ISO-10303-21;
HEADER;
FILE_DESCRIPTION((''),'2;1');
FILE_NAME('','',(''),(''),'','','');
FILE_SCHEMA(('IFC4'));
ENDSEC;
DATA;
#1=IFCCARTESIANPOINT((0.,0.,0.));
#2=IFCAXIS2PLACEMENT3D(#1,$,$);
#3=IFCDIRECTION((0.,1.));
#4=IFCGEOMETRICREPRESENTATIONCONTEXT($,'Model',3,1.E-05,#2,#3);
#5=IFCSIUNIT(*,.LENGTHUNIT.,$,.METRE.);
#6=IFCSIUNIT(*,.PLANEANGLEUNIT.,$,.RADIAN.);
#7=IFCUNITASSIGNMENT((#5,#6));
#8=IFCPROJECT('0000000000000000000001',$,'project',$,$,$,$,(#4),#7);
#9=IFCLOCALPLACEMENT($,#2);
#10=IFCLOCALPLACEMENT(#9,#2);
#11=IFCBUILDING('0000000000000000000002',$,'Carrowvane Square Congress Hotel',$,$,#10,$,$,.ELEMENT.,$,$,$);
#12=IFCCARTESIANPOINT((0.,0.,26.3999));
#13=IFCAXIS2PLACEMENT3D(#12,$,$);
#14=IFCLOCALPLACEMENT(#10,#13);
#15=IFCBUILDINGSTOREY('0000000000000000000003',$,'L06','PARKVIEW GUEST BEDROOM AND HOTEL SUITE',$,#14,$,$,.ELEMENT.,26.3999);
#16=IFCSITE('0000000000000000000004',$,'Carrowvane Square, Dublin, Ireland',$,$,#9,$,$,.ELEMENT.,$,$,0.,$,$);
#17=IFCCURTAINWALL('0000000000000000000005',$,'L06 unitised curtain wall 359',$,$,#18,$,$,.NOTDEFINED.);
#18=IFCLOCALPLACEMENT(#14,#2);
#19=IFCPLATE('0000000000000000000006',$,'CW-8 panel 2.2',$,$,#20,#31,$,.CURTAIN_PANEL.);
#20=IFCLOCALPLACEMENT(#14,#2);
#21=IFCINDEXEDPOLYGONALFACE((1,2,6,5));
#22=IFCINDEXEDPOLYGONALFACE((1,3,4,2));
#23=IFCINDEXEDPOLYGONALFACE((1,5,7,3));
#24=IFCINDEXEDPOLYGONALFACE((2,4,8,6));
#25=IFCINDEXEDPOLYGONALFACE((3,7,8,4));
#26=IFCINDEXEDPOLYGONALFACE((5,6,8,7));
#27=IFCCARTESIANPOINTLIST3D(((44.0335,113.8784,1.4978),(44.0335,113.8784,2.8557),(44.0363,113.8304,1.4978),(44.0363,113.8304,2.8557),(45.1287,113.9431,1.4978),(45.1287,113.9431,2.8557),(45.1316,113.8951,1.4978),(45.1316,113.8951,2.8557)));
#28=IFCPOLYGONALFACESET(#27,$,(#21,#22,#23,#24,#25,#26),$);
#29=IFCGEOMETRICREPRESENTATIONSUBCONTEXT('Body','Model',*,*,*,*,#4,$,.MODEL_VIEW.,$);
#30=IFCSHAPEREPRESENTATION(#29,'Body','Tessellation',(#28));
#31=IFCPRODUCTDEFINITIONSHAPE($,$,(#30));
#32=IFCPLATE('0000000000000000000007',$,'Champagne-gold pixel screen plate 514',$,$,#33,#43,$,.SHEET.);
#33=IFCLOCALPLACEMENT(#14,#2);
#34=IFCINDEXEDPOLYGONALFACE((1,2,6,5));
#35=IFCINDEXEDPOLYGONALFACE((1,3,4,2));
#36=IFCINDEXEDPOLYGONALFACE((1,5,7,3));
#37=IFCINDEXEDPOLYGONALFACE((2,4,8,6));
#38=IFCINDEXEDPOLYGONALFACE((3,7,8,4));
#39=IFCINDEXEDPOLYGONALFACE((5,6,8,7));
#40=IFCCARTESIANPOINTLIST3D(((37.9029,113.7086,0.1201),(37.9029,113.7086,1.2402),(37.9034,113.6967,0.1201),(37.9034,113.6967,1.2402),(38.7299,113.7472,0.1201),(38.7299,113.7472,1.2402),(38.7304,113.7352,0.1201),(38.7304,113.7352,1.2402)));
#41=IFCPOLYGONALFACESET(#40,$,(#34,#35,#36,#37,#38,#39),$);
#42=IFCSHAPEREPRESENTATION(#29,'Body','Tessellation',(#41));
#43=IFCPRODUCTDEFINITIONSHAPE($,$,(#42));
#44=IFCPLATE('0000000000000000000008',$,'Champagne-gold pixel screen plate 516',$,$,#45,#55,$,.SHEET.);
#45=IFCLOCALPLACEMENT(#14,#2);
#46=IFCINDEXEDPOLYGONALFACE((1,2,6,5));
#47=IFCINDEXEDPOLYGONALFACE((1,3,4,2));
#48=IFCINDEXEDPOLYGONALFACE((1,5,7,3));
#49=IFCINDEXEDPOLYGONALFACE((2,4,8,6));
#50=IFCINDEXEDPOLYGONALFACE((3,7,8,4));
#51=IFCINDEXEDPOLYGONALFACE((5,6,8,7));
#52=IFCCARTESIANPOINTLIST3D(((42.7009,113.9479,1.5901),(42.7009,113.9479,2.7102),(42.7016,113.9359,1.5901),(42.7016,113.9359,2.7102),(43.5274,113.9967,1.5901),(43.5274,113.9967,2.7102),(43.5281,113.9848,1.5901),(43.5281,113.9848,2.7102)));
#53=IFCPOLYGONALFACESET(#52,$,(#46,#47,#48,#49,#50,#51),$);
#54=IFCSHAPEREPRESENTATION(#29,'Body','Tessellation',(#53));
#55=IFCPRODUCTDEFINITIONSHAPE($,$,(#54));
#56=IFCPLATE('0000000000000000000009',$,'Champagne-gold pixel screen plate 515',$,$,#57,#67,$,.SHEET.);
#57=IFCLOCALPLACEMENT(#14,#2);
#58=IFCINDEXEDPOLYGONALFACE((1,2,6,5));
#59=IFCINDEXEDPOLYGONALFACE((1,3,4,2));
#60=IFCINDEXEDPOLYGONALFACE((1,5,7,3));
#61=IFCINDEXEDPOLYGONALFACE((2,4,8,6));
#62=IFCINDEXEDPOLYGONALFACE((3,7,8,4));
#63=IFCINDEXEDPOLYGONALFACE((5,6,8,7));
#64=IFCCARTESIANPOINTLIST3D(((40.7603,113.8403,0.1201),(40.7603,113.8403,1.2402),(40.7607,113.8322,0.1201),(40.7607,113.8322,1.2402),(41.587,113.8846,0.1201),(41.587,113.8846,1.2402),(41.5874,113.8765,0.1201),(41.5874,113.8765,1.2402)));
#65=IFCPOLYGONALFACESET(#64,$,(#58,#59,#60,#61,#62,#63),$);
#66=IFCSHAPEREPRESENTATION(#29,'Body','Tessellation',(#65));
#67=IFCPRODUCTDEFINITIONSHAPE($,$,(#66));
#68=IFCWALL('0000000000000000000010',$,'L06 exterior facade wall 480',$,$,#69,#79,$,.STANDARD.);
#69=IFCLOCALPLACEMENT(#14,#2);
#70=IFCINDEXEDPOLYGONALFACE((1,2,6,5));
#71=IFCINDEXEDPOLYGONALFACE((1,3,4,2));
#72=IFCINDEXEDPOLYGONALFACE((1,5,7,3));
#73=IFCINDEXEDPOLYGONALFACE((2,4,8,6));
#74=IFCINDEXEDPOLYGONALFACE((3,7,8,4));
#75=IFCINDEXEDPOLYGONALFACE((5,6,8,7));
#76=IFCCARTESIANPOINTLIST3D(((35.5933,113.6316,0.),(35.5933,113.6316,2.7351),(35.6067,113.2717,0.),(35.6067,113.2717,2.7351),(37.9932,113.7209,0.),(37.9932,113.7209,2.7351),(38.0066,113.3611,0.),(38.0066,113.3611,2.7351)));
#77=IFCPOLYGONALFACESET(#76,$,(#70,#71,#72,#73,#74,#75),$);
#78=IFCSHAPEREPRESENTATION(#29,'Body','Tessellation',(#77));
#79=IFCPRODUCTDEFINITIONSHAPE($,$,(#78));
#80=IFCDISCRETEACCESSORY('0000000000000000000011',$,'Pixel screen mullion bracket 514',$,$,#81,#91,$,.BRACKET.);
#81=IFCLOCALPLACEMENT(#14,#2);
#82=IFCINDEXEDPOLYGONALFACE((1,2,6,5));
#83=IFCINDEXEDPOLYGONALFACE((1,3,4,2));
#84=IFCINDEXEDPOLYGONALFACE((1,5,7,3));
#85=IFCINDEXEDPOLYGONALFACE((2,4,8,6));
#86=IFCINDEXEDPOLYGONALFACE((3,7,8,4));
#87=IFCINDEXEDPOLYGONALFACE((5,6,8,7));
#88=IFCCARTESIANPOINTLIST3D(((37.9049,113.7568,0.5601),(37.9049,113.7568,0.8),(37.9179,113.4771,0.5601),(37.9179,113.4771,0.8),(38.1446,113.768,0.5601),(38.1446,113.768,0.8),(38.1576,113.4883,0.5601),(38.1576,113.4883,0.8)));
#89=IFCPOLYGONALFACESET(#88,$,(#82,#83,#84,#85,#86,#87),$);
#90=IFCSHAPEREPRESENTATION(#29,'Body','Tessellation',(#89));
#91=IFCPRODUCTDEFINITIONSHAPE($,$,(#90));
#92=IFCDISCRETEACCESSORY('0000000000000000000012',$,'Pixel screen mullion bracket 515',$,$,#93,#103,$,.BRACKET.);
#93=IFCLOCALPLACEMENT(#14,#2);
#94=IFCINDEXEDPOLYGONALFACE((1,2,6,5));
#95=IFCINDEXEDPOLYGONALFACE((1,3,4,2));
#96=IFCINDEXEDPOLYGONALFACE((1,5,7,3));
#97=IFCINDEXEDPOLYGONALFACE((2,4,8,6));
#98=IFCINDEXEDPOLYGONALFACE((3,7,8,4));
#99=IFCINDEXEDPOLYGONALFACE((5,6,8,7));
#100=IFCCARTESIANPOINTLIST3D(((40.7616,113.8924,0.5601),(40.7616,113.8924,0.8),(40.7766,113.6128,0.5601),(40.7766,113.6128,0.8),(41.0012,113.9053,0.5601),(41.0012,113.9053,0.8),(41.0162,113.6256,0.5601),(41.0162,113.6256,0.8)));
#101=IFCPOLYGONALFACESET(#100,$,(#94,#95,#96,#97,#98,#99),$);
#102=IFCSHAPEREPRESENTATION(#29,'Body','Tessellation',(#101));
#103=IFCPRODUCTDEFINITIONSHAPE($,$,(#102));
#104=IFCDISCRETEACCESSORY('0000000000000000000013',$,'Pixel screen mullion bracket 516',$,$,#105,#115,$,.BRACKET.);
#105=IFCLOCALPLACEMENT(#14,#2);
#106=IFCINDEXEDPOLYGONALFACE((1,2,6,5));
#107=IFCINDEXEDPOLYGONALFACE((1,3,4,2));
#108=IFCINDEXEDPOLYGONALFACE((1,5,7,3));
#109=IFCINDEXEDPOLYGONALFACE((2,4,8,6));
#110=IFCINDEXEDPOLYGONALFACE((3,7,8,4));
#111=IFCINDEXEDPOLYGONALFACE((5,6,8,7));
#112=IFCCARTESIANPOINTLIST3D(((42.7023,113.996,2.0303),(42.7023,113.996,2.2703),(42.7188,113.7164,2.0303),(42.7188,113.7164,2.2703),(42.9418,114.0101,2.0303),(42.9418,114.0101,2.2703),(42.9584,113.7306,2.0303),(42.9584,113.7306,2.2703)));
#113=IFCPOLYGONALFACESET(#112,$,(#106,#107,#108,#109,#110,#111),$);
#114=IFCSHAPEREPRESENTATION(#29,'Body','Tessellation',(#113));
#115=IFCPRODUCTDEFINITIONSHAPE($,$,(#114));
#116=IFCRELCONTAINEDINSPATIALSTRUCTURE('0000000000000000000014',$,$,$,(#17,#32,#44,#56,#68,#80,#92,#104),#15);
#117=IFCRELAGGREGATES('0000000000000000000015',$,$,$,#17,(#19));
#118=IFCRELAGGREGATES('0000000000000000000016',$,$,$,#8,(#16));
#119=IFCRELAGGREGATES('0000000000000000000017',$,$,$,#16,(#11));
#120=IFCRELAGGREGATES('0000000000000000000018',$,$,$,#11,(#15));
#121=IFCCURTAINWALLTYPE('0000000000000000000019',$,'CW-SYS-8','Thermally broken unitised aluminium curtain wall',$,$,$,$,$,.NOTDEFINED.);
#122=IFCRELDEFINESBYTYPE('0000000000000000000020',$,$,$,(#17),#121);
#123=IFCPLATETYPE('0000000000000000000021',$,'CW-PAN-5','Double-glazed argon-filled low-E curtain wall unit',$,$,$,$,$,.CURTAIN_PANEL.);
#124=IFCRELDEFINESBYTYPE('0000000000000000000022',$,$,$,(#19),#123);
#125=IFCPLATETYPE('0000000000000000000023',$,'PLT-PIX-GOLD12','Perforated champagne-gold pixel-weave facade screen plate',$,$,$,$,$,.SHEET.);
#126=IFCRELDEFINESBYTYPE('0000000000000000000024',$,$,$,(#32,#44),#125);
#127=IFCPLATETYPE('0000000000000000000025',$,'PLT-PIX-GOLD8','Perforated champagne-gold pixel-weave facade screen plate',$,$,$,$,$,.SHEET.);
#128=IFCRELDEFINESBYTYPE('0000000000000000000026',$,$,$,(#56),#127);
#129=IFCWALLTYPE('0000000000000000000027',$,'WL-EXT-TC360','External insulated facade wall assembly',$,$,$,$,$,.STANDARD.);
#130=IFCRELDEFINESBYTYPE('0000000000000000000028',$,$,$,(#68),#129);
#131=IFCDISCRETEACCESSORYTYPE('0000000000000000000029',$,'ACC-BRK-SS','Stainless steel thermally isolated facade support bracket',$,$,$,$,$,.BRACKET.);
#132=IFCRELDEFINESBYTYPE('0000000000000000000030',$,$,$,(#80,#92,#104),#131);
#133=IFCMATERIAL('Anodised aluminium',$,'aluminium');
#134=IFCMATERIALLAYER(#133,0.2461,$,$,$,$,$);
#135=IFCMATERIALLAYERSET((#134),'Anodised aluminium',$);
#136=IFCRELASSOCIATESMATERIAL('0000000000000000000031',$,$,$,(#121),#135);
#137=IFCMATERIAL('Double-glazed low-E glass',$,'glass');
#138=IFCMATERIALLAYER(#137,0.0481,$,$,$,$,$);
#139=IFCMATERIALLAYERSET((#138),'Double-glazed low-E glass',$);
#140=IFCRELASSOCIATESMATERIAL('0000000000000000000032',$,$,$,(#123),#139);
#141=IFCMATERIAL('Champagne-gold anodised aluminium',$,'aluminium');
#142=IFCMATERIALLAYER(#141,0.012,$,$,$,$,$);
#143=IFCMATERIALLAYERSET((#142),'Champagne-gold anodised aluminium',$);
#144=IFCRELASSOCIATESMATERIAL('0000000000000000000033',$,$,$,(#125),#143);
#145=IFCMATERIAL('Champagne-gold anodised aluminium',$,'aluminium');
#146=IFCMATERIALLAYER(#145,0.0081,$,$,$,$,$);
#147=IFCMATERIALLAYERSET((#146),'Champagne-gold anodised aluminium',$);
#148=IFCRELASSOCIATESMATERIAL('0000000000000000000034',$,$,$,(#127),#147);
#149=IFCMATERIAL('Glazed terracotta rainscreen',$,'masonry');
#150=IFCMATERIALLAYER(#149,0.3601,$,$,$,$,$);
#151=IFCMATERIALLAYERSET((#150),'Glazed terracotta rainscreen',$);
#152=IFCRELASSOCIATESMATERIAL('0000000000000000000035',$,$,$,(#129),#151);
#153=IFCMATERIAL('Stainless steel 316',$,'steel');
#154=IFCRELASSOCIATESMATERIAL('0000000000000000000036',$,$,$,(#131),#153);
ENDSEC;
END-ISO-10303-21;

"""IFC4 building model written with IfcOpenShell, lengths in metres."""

from ifc_helpers import new_model, si_unit, direction, frame, frame_2d, origin, origin_2d, place, context, subcontext, project, spatial, rectangle, extrude, material, layer, layer_set, type_object, element, aggregate, save


model = new_model("IFC4")

# Units and contexts
model_context = context("Model", 3, precision=1e-05, world=origin(), true_north=direction((0.0, 1.0)))
body_context = subcontext(model_context, "Body", "Model", "MODEL_VIEW")
ifc_project = project(units=[si_unit("LENGTHUNIT", "METRE"), si_unit("PLANEANGLEUNIT", "RADIAN")], contexts=[model_context])

# Site, building, storey
site_placement = place(None, origin())
site = spatial("IfcSite", under=ifc_project, at=site_placement, Name="Carrowvane Square, Dublin, Ireland", CompositionType="ELEMENT", RefElevation=0.0)
building_placement = place(site_placement, origin())
building = spatial("IfcBuilding", under=site, at=building_placement, Name="Carrowvane Square Congress Hotel", CompositionType="ELEMENT")
storey_placement = place(building_placement, frame((0.0, 0.0, 26.3999)))
storey = spatial("IfcBuildingStorey", under=building, at=storey_placement, Name="L06", Description="PARKVIEW GUEST BEDROOM AND HOTEL SUITE", CompositionType="ELEMENT", Elevation=26.3999)

# Curtain wall
ifc_material_1 = material(Name="Anodised aluminium", Category="aluminium")
ifc_layer_1 = layer(ifc_material_1, 0.2461)
ifc_layer_set_1 = layer_set([ifc_layer_1], Name="Anodised aluminium")
curtain_wall_type_1 = type_object("IfcCurtainWallType", Name="CW-SYS-8", Description="Thermally broken unitised aluminium curtain wall", PredefinedType="NOTDEFINED", material=ifc_layer_set_1)
curtain_wall_1_placement = place(storey_placement, origin())
curtain_wall_1 = element("IfcCurtainWall", 1, at=curtain_wall_1_placement, inside=storey, type_object=curtain_wall_type_1, Name="L06 unitised curtain wall 359", PredefinedType="NOTDEFINED")

# Plate
ifc_material_2 = material(Name="Double-glazed low-E glass", Category="glass")
ifc_layer_2 = layer(ifc_material_2, 0.0481)
ifc_layer_set_2 = layer_set([ifc_layer_2], Name="Double-glazed low-E glass")
plate_type_1 = type_object("IfcPlateType", Name="CW-PAN-5", Description="Double-glazed argon-filled low-E curtain wall unit", PredefinedType="CURTAIN_PANEL", material=ifc_layer_set_2)
plate_1_placement = place(storey_placement, frame((44.5825, 113.8867, 1.4978), z_axis=(0.0, 0.0, 1.0), x_axis=(0.998259, 0.058989, 0.0)))
plate_1 = element("IfcPlate", 2, at=plate_1_placement, type_object=plate_type_1, Name="CW-8 panel 2.2", PredefinedType="CURTAIN_PANEL", context=body_context, shape_type="SweptSolid", body=[
    extrude(rectangle(XDim=1.0972, YDim=0.0481, at=origin_2d()), origin(), (0.0, 0.0, 1.0), 1.3579),
])
aggregate(curtain_wall_1, [plate_1])

# Plates
ifc_material_3 = material(Name="Champagne-gold anodised aluminium", Category="aluminium")
ifc_layer_3 = layer(ifc_material_3, 0.012)
ifc_layer_set_3 = layer_set([ifc_layer_3], Name="Champagne-gold anodised aluminium")
plate_type_2 = type_object("IfcPlateType", Name="PLT-PIX-GOLD12", Description="Perforated champagne-gold pixel-weave facade screen plate", PredefinedType="SHEET", material=ifc_layer_set_3)
for number, where, z_axis, x_axis, name in (
    (3, (38.3167, 113.7219, 0.1201), (0.0, 0.0, 1.0), (0.998917, 0.046521, 0.0), "Champagne-gold pixel screen plate 514"),
    (4, (43.1145, 113.9663, 1.5901), (0.0, 0.0, 1.0), (0.998259, 0.058985, 0.0), "Champagne-gold pixel screen plate 516"),
):
    element("IfcPlate", number, at=place(storey_placement, frame(where, z_axis=z_axis, x_axis=x_axis)), inside=storey, type_object=plate_type_2, Name=name, PredefinedType="SHEET", context=body_context, shape_type="SweptSolid", body=[
        extrude(rectangle(XDim=0.8279, YDim=0.012, at=origin_2d()), origin(), (0.0, 0.0, 1.0), 1.1201),
    ])
ifc_material_4 = material(Name="Champagne-gold anodised aluminium", Category="aluminium")
ifc_layer_4 = layer(ifc_material_4, 0.0081)
ifc_layer_set_4 = layer_set([ifc_layer_4], Name="Champagne-gold anodised aluminium")
plate_type_3 = type_object("IfcPlateType", Name="PLT-PIX-GOLD8", Description="Perforated champagne-gold pixel-weave facade screen plate", PredefinedType="SHEET", material=ifc_layer_set_4)
plate_2_placement = place(storey_placement, frame((41.1738, 113.8584, 0.1201), z_axis=(0.0, 0.0, 1.0), x_axis=(0.998567, 0.053517, 0.0)))
element("IfcPlate", 5, at=plate_2_placement, inside=storey, type_object=plate_type_3, Name="Champagne-gold pixel screen plate 515", PredefinedType="SHEET", context=body_context, shape_type="SweptSolid", body=[
    extrude(rectangle(XDim=0.8279, YDim=0.0081, at=origin_2d()), origin(), (0.0, 0.0, 1.0), 1.1201),
])

# Wall
ifc_material_5 = material(Name="Glazed terracotta rainscreen", Category="masonry")
ifc_layer_5 = layer(ifc_material_5, 0.3601)
ifc_layer_set_5 = layer_set([ifc_layer_5], Name="Glazed terracotta rainscreen")
wall_type = type_object("IfcWallType", Name="WL-EXT-TC360", Description="External insulated facade wall assembly", PredefinedType="STANDARD", material=ifc_layer_set_5)
wall_placement = place(storey_placement, frame((35.6001, 113.4517, 0.0), z_axis=(0.0, 0.0, 1.0), x_axis=(0.999308, 0.037207, 0.0)))
element("IfcWall", 6, at=wall_placement, inside=storey, type_object=wall_type, Name="L06 exterior facade wall 480", PredefinedType="STANDARD", context=body_context, shape_type="SweptSolid", body=[
    extrude(rectangle(XDim=2.4016, YDim=0.3601, at=frame_2d((1.2007, 0.0))), origin(), (0.0, 0.0, 1.0), 2.7351),
])

# Discrete accessories
ifc_material_6 = material(Name="Stainless steel 316", Category="steel")
discrete_accessory_type = type_object("IfcDiscreteAccessoryType", Name="ACC-BRK-SS", Description="Stainless steel thermally isolated facade support bracket", PredefinedType="BRACKET", material=ifc_material_6)
for number, where, z_axis, x_axis, name in (
    (7, (38.0312, 113.6226, 0.5601), (0.0, 0.0, 1.0), (0.998917, 0.046521, 0.0), "Pixel screen mullion bracket 514"),
    (8, (40.8889, 113.759, 0.5601), (0.0, 0.0, 1.0), (0.998567, 0.053517, 0.0), "Pixel screen mullion bracket 515"),
    (9, (42.8303, 113.8633, 2.0303), (0.0, 0.0, 1.0), (0.998259, 0.058985, 0.0), "Pixel screen mullion bracket 516"),
):
    element("IfcDiscreteAccessory", number, at=place(storey_placement, frame(where, z_axis=z_axis, x_axis=x_axis)), inside=storey, type_object=discrete_accessory_type, Name=name, PredefinedType="BRACKET", context=body_context, shape_type="SweptSolid", body=[
        extrude(rectangle(XDim=0.24, YDim=0.28, at=origin_2d()), origin(), (0.0, 0.0, 1.0), 0.24),
    ])

save(model, "model.ifc")
